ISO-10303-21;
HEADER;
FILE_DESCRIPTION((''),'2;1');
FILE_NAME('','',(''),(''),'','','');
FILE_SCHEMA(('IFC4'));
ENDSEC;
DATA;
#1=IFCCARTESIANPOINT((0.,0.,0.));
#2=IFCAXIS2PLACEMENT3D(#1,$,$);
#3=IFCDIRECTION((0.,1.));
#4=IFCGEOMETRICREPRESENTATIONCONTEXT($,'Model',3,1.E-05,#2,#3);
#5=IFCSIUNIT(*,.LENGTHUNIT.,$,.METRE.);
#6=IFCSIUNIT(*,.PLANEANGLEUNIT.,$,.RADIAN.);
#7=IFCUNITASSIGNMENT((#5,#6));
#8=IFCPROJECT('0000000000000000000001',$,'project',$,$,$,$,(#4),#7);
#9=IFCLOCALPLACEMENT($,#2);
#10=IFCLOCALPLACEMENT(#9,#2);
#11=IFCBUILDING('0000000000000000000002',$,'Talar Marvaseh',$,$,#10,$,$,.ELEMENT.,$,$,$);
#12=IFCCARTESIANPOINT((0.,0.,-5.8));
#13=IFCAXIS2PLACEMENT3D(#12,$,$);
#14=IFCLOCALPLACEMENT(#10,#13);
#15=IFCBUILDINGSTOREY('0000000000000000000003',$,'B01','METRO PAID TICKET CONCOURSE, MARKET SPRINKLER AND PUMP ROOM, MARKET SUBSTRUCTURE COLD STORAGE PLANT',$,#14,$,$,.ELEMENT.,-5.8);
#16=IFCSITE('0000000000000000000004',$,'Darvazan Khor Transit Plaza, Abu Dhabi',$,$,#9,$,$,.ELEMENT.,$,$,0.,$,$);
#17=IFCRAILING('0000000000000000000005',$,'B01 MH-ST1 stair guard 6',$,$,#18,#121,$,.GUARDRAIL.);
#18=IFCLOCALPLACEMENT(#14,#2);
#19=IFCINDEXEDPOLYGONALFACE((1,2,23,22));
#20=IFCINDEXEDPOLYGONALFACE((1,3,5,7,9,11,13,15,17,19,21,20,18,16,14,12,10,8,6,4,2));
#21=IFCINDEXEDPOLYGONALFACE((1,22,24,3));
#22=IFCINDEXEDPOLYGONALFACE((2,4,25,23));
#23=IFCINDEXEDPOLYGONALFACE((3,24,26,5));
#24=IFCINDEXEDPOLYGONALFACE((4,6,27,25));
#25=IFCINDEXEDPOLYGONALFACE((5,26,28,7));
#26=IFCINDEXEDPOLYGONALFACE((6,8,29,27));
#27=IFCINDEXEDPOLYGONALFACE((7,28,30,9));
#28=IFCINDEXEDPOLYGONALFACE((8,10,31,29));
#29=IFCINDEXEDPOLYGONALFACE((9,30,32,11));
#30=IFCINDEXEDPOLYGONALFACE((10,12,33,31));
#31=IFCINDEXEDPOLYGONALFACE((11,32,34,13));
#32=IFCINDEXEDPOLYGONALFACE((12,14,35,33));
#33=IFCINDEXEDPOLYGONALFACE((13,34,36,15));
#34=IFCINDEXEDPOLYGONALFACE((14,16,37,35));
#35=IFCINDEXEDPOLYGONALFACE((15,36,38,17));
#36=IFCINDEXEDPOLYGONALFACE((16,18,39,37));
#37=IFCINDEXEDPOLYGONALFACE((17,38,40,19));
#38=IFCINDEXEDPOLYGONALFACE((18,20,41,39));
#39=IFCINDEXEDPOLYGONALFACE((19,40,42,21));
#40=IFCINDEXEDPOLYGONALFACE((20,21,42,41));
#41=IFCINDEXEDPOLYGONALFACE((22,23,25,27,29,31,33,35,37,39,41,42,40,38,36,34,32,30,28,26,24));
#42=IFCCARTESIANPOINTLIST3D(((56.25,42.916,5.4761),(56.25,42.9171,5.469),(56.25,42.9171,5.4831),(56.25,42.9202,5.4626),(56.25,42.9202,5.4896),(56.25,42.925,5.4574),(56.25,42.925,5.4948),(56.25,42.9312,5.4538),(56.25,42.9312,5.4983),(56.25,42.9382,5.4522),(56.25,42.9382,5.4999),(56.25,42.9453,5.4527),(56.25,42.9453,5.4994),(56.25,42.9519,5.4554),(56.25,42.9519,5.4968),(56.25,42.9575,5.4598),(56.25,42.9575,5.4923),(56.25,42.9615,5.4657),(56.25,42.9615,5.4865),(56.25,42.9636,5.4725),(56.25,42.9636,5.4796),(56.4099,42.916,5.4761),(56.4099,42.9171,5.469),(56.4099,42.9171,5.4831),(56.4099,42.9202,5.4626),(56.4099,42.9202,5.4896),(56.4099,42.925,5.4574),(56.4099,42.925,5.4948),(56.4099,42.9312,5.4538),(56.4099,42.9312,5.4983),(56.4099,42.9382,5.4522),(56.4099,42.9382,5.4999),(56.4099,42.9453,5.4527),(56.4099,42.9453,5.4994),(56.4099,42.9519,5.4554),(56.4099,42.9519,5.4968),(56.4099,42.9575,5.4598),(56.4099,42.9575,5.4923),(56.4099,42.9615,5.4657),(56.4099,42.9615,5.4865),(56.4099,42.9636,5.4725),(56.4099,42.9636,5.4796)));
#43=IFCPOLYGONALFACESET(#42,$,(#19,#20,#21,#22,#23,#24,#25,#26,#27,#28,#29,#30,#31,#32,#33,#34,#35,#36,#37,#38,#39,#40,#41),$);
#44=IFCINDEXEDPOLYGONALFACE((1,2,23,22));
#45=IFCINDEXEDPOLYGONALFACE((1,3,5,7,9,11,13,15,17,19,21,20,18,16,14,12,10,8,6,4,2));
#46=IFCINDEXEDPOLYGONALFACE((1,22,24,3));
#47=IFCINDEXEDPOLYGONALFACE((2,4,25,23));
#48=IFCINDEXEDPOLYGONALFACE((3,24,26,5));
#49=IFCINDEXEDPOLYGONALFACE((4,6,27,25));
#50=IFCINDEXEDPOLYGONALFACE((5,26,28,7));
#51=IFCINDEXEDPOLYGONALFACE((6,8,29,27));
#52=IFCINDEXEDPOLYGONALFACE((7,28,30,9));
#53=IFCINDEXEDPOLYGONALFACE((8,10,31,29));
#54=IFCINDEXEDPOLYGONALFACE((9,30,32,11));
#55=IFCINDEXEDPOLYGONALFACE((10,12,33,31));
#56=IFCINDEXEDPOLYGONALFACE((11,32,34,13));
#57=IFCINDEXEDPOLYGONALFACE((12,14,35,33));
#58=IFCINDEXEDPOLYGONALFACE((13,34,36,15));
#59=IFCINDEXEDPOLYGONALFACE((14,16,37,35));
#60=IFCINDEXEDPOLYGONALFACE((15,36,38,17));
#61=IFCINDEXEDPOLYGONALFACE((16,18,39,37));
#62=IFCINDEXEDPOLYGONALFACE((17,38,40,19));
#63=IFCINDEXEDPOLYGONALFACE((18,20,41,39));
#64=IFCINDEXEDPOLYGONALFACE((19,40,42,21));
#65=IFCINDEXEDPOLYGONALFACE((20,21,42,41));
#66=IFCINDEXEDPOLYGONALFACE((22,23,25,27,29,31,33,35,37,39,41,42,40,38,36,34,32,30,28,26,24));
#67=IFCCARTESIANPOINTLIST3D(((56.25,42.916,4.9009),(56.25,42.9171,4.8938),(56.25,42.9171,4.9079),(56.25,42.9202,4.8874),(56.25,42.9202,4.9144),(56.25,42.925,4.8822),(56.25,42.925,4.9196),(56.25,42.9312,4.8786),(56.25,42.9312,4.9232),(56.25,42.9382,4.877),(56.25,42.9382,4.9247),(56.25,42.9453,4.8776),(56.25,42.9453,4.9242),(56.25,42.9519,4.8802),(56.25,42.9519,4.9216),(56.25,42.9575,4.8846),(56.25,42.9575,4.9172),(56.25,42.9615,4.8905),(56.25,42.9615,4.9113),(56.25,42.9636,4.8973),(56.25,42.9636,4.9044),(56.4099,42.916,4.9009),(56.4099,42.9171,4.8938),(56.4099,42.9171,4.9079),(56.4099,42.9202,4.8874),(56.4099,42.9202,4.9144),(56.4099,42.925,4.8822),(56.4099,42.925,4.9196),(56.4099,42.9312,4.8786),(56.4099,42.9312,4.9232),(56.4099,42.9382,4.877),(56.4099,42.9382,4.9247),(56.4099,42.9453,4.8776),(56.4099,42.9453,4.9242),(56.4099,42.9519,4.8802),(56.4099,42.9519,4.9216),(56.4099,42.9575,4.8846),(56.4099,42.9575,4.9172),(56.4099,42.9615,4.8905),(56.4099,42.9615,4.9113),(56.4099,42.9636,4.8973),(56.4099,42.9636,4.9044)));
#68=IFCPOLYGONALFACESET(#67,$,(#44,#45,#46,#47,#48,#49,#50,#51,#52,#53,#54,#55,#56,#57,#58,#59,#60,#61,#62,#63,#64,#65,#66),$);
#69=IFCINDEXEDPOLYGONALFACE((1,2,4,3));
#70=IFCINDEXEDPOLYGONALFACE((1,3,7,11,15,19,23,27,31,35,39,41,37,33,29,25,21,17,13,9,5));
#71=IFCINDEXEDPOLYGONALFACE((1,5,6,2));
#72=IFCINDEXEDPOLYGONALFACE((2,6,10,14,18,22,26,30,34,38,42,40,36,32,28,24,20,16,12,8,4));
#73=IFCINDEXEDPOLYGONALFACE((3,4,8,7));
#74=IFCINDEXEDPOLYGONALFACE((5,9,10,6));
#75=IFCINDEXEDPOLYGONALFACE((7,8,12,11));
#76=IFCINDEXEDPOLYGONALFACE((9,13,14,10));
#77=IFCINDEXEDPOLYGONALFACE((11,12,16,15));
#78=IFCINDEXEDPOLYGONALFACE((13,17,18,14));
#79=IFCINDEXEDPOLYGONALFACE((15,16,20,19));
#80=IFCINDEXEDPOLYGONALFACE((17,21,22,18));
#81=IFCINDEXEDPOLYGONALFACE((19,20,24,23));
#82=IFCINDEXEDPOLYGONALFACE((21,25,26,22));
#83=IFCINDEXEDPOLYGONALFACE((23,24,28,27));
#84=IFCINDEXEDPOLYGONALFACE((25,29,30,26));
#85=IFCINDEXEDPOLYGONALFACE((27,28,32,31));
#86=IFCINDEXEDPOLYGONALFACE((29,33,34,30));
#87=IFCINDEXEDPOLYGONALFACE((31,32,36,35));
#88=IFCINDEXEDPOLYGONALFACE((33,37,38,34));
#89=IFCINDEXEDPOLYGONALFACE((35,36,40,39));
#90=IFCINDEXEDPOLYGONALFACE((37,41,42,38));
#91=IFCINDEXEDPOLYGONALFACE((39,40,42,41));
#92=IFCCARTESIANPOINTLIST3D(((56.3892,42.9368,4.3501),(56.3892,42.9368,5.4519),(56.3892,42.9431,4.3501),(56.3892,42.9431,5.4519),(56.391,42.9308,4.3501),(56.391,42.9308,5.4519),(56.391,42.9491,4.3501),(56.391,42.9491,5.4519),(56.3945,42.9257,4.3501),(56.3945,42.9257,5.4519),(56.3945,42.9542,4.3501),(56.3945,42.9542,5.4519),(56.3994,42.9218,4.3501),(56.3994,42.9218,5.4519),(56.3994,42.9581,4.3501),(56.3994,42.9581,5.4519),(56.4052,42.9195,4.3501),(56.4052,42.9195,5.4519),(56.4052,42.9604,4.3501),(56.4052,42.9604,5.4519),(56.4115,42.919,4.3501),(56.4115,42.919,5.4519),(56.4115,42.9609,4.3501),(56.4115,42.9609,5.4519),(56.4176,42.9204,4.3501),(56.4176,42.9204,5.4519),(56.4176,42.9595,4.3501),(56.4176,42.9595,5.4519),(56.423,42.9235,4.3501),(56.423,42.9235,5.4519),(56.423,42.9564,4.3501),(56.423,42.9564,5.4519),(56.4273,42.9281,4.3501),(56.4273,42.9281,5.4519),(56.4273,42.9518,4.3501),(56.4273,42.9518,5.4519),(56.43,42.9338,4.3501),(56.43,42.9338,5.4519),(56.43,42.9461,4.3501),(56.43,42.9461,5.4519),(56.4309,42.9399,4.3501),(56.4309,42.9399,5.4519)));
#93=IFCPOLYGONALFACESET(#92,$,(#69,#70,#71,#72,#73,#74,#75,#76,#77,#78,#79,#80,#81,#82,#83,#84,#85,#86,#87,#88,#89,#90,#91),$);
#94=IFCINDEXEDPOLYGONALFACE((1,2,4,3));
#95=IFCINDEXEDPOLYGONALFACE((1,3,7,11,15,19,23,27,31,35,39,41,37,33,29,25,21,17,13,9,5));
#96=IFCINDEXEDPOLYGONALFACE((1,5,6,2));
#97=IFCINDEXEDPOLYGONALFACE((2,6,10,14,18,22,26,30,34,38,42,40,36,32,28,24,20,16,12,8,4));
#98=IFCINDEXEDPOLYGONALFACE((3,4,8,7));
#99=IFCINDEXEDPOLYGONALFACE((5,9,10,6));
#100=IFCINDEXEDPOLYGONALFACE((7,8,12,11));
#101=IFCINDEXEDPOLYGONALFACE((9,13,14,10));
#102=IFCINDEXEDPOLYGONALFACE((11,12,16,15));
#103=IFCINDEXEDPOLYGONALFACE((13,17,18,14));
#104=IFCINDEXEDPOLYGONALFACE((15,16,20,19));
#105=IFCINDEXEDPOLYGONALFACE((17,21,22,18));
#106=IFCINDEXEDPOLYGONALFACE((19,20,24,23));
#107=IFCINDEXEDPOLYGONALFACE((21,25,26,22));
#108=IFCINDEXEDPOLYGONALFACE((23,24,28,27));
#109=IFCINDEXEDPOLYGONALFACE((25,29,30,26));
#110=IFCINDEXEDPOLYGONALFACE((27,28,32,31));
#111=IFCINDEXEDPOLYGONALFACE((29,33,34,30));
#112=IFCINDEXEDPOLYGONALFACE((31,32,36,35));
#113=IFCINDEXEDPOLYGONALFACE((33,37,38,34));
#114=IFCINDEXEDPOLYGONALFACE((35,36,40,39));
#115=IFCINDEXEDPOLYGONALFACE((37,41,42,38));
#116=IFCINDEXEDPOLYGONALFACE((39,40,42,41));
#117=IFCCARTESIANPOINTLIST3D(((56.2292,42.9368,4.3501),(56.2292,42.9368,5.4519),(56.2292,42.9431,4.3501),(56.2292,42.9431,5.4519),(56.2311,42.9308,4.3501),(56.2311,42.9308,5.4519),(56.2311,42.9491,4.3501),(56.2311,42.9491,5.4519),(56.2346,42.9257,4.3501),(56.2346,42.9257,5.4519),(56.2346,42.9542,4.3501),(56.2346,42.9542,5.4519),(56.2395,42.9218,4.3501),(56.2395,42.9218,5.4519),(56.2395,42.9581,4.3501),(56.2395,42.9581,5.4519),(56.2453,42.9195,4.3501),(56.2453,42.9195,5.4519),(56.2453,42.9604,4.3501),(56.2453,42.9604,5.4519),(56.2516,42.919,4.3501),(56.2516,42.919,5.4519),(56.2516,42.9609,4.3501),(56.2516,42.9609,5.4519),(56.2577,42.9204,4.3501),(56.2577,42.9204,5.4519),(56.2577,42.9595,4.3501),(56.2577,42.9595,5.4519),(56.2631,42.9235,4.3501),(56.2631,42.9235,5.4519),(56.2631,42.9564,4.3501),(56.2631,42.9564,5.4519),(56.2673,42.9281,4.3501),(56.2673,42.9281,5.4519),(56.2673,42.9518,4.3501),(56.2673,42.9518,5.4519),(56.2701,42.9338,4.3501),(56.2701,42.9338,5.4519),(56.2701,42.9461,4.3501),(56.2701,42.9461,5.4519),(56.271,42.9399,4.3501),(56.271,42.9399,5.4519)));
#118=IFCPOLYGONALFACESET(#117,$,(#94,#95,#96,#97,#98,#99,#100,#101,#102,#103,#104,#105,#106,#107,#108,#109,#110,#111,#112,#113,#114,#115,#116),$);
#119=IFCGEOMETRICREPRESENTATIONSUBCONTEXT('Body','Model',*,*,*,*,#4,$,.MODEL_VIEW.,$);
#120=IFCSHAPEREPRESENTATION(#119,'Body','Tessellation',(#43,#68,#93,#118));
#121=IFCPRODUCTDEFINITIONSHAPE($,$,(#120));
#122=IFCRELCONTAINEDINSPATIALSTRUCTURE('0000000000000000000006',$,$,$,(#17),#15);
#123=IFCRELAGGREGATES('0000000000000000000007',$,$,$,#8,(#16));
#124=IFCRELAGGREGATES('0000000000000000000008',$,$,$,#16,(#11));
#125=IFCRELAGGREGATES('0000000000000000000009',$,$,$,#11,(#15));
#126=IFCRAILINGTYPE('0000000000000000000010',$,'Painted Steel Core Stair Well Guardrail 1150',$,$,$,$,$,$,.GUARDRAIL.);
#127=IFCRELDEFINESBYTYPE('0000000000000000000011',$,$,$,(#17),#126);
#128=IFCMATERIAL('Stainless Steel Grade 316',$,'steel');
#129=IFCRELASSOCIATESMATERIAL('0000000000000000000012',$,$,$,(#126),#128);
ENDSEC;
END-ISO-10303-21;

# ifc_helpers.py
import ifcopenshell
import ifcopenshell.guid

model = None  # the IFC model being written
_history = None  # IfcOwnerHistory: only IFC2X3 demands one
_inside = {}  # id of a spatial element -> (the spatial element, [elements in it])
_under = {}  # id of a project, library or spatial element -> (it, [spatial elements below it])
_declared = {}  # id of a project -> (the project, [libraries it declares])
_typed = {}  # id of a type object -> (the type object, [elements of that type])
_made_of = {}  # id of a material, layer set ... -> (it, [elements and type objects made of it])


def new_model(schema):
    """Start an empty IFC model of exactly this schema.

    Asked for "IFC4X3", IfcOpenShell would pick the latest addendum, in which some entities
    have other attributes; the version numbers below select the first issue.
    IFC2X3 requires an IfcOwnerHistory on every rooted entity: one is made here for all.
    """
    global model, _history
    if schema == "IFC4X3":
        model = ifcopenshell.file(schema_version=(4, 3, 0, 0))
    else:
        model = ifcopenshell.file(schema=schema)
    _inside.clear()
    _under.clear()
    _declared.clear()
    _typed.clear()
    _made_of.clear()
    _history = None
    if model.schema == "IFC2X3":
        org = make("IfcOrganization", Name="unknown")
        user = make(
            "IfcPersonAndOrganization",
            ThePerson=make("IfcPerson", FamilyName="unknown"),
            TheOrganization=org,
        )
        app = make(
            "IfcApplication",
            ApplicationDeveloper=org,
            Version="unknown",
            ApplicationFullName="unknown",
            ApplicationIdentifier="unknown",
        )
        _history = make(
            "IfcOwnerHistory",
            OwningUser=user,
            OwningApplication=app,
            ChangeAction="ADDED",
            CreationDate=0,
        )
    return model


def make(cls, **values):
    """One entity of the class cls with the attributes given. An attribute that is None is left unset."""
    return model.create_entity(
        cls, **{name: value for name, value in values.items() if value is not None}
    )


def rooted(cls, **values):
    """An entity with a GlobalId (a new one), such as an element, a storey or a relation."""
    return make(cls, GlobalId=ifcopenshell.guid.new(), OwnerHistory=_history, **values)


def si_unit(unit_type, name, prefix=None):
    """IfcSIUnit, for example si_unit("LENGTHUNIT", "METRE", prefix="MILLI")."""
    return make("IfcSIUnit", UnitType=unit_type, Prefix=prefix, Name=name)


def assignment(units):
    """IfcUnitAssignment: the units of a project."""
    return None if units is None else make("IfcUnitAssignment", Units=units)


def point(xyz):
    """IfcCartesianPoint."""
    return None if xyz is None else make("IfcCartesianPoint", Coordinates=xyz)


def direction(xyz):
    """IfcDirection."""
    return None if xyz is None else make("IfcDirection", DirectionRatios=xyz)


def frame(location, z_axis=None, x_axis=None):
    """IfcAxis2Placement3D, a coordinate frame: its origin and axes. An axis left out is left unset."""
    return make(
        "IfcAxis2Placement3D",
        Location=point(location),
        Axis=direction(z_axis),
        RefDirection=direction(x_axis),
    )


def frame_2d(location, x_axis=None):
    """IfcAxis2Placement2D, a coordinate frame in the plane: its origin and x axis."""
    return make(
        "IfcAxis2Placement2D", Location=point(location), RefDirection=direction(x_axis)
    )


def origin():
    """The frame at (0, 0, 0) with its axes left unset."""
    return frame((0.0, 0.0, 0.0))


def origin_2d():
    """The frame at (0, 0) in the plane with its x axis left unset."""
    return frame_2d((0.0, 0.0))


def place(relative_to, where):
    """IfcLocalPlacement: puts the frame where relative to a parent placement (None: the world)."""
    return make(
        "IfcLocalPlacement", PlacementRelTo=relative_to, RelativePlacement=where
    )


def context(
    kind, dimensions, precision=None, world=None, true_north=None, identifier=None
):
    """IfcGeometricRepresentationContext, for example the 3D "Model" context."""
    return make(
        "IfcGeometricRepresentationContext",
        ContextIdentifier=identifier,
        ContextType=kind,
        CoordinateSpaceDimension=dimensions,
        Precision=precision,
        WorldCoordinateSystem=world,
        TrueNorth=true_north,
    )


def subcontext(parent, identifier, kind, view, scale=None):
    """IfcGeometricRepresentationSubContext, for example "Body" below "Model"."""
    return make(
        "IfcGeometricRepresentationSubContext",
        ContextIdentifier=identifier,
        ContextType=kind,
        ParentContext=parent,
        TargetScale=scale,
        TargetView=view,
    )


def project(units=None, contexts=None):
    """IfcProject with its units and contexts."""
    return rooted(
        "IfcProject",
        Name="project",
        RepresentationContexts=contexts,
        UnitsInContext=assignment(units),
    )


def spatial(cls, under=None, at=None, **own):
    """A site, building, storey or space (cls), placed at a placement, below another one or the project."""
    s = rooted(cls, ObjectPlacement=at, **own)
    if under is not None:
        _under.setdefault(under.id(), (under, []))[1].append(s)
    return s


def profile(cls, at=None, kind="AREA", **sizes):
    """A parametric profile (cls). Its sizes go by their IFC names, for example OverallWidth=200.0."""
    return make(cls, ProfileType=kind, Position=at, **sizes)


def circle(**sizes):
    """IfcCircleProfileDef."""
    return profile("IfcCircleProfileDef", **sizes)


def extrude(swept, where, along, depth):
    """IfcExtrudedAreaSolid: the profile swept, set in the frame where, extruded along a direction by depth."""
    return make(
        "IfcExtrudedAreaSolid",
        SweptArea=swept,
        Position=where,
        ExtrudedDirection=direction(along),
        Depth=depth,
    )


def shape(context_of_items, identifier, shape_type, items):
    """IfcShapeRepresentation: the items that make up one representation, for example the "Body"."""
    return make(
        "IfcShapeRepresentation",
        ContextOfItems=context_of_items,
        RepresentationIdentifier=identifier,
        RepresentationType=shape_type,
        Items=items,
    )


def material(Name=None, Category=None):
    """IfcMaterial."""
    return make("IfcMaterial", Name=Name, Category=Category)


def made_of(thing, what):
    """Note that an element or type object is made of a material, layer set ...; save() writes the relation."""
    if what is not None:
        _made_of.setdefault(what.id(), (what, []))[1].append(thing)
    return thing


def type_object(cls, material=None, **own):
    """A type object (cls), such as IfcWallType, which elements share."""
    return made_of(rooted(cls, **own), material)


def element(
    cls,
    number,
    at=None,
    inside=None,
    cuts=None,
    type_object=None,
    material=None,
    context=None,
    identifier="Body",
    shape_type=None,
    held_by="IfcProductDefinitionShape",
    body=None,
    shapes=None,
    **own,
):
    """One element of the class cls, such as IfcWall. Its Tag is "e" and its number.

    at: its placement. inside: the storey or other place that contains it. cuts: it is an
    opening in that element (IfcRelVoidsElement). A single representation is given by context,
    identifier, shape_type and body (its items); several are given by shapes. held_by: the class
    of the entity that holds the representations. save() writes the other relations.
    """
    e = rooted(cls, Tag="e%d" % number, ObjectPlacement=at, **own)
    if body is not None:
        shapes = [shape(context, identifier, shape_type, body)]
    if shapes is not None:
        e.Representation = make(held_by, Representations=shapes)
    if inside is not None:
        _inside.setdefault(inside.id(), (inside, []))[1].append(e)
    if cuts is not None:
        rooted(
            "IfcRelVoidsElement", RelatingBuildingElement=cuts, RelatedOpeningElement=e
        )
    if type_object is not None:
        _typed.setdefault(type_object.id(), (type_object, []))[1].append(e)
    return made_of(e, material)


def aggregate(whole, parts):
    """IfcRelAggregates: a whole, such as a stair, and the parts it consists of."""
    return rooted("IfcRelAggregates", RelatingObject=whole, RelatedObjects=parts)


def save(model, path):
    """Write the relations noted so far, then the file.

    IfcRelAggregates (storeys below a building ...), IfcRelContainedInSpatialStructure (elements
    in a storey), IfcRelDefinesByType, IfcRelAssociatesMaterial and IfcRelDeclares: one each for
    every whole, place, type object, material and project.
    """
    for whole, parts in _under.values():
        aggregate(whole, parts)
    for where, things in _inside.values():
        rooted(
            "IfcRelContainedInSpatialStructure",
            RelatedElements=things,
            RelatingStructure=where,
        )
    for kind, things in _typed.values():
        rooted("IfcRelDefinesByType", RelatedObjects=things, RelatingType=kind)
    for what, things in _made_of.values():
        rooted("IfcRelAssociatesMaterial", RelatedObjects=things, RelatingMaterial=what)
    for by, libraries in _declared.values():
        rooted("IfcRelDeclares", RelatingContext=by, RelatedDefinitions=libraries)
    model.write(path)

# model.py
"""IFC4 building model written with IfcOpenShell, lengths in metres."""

from ifc_helpers import new_model, si_unit, direction, frame, origin, origin_2d, place, context, subcontext, project, spatial, circle, extrude, material, type_object, element, save


model = new_model("IFC4")

# Units and contexts
model_context = context("Model", 3, precision=1e-05, world=origin(), true_north=direction((0.0, 1.0)))
body_context = subcontext(model_context, "Body", "Model", "MODEL_VIEW")
ifc_project = project(units=[si_unit("LENGTHUNIT", "METRE"), si_unit("PLANEANGLEUNIT", "RADIAN")], contexts=[model_context])

# Site, building, storey
site_placement = place(None, origin())
site = spatial("IfcSite", under=ifc_project, at=site_placement, Name="Darvazan Khor Transit Plaza, Abu Dhabi", CompositionType="ELEMENT", RefElevation=0.0)
building_placement = place(site_placement, origin())
building = spatial("IfcBuilding", under=site, at=building_placement, Name="Talar Marvaseh", CompositionType="ELEMENT")
storey_placement = place(building_placement, frame((0.0, 0.0, -5.8)))
storey = spatial("IfcBuildingStorey", under=building, at=storey_placement, Name="B01", Description="METRO PAID TICKET CONCOURSE, MARKET SPRINKLER AND PUMP ROOM, MARKET SUBSTRUCTURE COLD STORAGE PLANT", CompositionType="ELEMENT", Elevation=-5.8)

# Railing
ifc_material_1 = material(Name="Stainless Steel Grade 316", Category="steel")
railing_type_1 = type_object("IfcRailingType", Name="Painted Steel Core Stair Well Guardrail 1150", PredefinedType="GUARDRAIL", material=ifc_material_1)
railing_1_placement = place(storey_placement, frame((56.4099, 42.9399, 4.3501)))
element("IfcRailing", 1, at=railing_1_placement, inside=storey, type_object=railing_type_1, Name="B01 MH-ST1 stair guard 6", PredefinedType="GUARDRAIL", context=body_context, shape_type="SweptSolid", body=[
    extrude(circle(Radius=0.0239, at=origin_2d()), frame((0.0, 0.0, 1.126), z_axis=(-1.0, 0.0, 0.0), x_axis=(0.0, -1.0, 0.0)), (0.0, 0.0, 1.0), 0.1599),
    extrude(circle(Radius=0.0239, at=origin_2d()), frame((0.0, 0.0, 0.5508), z_axis=(-1.0, 0.0, 0.0), x_axis=(0.0, -1.0, 0.0)), (0.0, 0.0, 1.0), 0.1599),
    extrude(circle(Radius=0.021, at=origin_2d()), origin(), (0.0, 0.0, 1.0), 1.1018),
    extrude(circle(Radius=0.021, at=origin_2d()), frame((-0.1599, 0.0, 0.0)), (0.0, 0.0, 1.0), 1.1018),
])

save(model, "model.ifc")
